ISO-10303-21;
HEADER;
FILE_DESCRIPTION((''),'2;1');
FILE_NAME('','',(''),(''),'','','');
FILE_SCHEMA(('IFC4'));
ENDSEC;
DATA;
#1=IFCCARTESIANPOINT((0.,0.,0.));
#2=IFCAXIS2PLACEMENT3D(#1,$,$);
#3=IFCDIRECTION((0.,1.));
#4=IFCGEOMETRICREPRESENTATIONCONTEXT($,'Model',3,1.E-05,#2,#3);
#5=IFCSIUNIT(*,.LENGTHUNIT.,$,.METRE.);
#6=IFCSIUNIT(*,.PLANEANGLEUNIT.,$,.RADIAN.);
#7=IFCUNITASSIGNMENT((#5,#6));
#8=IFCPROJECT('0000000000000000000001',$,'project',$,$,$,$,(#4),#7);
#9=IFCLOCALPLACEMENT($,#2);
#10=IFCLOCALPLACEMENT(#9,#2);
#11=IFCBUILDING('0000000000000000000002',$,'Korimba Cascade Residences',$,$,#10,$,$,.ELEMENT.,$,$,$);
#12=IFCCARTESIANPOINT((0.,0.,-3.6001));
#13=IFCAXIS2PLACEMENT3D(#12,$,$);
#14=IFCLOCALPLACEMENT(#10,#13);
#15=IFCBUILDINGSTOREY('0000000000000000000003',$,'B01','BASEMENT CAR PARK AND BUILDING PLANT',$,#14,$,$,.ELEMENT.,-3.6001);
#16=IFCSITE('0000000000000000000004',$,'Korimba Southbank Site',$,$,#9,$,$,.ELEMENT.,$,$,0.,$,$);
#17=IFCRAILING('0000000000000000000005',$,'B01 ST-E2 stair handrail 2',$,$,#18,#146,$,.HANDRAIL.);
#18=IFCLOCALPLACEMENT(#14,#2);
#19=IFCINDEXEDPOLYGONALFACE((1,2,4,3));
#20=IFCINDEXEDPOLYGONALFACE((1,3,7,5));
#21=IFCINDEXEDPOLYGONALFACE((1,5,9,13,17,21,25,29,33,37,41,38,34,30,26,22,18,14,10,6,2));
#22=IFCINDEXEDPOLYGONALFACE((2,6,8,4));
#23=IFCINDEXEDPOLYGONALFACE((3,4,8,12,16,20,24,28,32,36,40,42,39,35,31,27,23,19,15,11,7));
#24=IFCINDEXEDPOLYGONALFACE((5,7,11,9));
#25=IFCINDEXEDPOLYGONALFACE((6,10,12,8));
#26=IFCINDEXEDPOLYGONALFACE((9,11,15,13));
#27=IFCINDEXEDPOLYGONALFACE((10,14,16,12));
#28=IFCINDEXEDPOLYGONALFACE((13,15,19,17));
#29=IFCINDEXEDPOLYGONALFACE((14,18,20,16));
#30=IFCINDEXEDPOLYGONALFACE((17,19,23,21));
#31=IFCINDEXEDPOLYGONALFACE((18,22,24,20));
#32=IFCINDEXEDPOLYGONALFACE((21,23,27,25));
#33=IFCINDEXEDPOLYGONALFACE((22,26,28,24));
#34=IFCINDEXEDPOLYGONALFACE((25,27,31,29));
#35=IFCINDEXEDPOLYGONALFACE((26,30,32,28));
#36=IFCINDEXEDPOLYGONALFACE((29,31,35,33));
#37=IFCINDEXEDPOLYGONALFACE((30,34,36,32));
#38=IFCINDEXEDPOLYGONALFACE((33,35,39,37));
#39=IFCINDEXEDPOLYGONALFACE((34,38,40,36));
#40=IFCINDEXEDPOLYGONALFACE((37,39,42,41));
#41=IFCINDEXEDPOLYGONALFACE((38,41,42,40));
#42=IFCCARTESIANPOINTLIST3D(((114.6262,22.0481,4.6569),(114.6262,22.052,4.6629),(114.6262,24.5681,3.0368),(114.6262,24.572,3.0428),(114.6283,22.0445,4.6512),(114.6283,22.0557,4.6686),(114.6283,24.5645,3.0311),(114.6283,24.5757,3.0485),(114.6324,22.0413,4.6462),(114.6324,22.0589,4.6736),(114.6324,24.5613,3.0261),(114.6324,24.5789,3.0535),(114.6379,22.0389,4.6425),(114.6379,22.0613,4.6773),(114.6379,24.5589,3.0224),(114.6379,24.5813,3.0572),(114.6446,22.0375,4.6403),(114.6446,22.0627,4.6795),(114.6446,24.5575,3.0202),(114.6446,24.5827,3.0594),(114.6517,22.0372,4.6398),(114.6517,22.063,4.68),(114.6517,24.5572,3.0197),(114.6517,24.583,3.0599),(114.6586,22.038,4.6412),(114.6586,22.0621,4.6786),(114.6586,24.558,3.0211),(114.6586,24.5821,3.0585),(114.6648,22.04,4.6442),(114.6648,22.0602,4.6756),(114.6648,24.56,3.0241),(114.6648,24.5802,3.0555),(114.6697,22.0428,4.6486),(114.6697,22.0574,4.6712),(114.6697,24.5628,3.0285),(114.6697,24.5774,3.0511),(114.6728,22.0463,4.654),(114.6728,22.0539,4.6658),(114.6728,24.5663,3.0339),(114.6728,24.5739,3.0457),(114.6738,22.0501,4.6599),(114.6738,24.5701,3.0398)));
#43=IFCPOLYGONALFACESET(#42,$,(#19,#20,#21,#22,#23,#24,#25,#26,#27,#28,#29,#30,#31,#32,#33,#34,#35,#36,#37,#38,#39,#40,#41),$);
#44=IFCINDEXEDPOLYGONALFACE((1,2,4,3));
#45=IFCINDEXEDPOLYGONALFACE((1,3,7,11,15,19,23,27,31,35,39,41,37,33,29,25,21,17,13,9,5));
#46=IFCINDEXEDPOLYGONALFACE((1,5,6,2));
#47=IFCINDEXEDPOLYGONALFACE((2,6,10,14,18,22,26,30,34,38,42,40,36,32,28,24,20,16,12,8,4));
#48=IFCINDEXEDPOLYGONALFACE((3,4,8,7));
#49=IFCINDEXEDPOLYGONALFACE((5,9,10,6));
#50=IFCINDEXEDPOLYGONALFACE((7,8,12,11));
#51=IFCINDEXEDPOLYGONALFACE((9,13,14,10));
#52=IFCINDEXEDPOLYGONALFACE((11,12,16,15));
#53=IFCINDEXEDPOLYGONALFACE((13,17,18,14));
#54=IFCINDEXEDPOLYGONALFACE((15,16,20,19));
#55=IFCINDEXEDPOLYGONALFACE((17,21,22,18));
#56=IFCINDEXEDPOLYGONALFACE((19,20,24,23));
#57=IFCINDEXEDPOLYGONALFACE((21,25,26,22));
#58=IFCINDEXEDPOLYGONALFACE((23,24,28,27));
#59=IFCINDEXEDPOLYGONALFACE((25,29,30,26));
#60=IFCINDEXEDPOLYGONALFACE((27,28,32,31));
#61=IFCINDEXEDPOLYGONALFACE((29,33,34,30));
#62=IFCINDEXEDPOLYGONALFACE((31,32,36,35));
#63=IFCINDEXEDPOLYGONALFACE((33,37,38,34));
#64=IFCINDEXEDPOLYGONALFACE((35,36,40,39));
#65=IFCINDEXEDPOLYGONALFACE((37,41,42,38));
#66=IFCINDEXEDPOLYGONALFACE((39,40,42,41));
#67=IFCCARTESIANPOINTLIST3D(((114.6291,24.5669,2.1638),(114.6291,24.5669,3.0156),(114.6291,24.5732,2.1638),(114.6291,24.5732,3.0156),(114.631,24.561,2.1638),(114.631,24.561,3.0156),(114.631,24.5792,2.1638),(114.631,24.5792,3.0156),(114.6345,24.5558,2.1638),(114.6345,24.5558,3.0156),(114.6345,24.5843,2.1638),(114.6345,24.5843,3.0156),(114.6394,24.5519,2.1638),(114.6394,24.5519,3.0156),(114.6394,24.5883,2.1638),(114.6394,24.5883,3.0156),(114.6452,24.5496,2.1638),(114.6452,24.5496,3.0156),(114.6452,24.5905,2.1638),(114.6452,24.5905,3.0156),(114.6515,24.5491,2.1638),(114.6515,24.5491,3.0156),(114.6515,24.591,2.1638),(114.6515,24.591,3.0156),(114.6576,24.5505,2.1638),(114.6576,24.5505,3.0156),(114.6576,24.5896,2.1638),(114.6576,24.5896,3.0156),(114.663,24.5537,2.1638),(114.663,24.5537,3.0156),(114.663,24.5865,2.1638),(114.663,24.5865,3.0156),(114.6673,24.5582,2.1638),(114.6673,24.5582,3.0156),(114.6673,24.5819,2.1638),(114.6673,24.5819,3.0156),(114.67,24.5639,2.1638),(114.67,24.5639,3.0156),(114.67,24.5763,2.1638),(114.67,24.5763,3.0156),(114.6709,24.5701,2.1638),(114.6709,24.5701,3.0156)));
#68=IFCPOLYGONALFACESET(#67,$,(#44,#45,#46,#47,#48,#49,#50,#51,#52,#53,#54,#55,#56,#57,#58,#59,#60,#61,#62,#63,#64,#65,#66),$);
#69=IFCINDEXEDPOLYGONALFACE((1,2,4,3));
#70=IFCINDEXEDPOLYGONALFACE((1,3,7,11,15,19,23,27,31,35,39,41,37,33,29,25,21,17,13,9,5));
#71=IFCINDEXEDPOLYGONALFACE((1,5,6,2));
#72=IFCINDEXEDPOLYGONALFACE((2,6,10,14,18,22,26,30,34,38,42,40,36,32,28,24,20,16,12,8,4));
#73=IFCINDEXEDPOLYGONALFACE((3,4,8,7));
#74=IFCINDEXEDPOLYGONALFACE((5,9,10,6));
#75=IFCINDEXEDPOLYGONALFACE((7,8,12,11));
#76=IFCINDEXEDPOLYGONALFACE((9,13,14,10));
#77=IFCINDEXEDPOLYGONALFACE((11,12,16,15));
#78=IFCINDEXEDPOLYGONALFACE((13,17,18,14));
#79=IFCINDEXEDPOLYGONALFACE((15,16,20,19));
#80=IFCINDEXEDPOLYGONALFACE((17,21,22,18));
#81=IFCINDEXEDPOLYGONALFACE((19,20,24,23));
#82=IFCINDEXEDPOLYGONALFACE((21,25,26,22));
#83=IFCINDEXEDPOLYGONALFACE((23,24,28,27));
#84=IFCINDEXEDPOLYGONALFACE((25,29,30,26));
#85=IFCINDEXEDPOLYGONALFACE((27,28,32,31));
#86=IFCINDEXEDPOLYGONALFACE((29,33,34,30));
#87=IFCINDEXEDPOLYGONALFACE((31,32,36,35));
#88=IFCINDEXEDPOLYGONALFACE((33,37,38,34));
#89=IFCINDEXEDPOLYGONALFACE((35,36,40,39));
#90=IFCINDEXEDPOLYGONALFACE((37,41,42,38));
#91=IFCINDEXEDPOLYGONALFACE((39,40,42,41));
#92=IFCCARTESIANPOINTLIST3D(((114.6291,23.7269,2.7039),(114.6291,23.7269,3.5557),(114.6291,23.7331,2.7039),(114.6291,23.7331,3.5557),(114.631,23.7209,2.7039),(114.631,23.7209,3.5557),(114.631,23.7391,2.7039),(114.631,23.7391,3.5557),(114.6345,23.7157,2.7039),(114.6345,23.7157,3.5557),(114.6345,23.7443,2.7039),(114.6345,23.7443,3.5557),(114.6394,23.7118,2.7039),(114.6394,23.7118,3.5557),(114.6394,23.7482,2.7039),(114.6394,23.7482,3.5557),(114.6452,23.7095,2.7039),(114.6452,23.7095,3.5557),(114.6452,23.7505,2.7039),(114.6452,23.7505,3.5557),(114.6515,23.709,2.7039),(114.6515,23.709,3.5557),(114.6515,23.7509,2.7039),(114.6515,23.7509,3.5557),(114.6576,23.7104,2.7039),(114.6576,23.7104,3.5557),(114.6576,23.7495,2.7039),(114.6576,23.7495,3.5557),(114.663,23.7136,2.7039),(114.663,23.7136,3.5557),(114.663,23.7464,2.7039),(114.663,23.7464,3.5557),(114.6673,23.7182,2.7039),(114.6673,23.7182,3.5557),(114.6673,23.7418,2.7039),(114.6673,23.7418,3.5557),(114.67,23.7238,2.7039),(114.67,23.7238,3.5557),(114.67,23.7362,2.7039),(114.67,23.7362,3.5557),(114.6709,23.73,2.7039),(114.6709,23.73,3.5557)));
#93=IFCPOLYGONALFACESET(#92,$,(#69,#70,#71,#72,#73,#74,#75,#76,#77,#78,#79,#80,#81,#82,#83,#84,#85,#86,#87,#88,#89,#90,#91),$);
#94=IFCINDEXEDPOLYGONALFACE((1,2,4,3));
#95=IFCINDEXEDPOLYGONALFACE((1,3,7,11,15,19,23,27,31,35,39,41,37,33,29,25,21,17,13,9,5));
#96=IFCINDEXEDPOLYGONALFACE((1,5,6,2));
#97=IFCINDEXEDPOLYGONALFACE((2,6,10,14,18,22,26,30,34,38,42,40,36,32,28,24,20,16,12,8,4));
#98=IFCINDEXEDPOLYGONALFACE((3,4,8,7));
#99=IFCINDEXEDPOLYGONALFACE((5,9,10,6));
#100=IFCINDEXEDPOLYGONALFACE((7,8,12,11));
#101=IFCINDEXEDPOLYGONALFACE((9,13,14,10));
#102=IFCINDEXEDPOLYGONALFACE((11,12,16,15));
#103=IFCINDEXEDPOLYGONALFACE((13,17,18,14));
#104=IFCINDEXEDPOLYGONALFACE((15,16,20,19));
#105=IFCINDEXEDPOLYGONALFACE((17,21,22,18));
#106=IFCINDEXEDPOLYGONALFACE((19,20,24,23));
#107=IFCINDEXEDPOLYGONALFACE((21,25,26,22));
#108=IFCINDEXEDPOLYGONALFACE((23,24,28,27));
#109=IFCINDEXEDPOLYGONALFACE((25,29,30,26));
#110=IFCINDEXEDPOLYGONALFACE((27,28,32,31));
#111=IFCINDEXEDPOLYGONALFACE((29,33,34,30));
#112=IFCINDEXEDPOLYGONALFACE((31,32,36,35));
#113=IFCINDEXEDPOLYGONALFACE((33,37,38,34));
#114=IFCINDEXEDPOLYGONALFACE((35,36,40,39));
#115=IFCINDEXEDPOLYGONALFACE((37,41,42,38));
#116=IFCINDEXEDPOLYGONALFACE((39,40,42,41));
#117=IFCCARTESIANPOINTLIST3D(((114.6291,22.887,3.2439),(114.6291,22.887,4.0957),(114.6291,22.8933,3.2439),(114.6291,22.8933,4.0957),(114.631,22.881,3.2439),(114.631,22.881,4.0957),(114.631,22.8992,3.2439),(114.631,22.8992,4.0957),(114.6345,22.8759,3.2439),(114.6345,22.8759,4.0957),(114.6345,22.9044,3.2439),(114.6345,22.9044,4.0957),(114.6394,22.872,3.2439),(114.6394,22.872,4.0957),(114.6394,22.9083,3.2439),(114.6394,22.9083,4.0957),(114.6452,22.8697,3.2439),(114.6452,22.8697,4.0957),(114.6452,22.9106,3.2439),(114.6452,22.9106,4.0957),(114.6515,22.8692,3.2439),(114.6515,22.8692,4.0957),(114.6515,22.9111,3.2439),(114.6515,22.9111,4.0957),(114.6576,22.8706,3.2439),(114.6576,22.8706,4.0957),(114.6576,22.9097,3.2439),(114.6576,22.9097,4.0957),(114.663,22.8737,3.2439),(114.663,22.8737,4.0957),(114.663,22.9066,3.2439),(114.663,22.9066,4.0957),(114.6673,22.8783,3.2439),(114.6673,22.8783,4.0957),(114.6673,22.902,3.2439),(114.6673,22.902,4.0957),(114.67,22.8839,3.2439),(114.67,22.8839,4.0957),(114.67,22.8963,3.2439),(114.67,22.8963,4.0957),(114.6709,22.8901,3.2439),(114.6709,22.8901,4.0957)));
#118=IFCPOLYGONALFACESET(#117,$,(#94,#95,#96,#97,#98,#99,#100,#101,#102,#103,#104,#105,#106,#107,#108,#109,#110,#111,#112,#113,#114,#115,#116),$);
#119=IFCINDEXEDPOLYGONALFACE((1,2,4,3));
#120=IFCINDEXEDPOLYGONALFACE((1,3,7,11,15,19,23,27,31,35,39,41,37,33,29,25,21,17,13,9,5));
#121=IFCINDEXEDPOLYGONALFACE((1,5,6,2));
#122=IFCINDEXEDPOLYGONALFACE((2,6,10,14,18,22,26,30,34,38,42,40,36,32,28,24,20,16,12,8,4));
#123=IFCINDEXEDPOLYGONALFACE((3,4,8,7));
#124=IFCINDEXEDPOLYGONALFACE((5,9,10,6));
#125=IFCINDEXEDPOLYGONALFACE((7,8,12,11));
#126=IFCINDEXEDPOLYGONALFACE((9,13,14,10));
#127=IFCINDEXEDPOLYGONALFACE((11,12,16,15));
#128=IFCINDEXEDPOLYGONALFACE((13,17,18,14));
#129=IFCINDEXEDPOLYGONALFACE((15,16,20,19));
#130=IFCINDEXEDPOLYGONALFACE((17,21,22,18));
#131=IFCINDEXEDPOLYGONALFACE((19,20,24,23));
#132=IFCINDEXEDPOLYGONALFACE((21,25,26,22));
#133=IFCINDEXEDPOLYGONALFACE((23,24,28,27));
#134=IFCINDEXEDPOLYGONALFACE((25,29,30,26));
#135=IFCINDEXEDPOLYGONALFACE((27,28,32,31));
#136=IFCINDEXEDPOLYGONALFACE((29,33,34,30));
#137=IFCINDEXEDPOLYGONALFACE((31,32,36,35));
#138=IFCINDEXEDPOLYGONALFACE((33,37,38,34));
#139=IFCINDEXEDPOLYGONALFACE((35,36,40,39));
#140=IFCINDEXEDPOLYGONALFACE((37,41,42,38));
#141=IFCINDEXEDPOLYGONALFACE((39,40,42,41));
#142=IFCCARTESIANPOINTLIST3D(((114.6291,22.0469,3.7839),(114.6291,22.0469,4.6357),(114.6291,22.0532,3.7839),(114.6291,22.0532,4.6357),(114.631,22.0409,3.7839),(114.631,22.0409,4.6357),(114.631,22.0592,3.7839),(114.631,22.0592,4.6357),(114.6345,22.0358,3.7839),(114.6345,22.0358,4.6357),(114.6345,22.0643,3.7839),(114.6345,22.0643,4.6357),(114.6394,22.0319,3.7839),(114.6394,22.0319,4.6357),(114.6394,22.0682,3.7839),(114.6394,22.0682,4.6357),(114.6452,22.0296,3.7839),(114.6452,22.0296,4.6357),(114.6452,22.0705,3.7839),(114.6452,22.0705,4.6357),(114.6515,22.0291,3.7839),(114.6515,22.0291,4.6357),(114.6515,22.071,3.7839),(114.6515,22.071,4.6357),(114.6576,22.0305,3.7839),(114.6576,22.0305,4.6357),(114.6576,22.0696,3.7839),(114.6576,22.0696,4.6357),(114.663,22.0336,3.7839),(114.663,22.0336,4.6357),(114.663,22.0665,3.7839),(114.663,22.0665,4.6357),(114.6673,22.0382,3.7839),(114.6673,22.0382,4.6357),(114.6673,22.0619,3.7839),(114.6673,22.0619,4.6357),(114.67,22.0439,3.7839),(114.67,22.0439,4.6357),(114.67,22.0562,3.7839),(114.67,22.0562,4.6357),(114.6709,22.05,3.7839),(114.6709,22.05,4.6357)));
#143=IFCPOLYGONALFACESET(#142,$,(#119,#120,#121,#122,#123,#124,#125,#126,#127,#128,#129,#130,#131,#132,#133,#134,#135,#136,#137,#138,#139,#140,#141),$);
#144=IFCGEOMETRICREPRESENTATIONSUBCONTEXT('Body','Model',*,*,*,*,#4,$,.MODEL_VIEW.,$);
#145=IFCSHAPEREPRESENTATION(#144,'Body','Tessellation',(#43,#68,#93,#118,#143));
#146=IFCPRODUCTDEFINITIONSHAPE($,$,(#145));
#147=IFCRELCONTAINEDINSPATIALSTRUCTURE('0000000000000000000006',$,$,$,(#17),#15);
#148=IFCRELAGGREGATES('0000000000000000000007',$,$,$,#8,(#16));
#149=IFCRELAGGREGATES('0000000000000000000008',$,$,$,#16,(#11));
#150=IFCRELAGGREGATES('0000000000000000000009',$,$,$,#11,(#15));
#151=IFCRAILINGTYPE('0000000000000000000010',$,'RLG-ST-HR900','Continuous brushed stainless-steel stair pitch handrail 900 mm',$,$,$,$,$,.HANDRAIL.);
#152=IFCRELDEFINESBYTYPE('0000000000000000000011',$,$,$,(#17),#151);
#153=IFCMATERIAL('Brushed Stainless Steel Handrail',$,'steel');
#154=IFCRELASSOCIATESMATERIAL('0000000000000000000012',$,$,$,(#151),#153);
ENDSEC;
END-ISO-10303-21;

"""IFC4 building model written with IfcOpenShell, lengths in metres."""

from ifc_helpers import new_model, si_unit, direction, frame, origin, origin_2d, place, context, subcontext, project, spatial, circle, extrude, material, type_object, element, save


model = new_model("IFC4")

# Units and contexts
model_context = context("Model", 3, precision=1e-05, world=origin(), true_north=direction((0.0, 1.0)))
body_context = subcontext(model_context, "Body", "Model", "MODEL_VIEW")
ifc_project = project(units=[si_unit("LENGTHUNIT", "METRE"), si_unit("PLANEANGLEUNIT", "RADIAN")], contexts=[model_context])

# Site, building, storey
site_placement = place(None, origin())
site = spatial("IfcSite", under=ifc_project, at=site_placement, Name="Korimba Southbank Site", CompositionType="ELEMENT", RefElevation=0.0)
building_placement = place(site_placement, origin())
building = spatial("IfcBuilding", under=site, at=building_placement, Name="Korimba Cascade Residences", CompositionType="ELEMENT")
storey_placement = place(building_placement, frame((0.0, 0.0, -3.6001)))
storey = spatial("IfcBuildingStorey", under=building, at=storey_placement, Name="B01", Description="BASEMENT CAR PARK AND BUILDING PLANT", CompositionType="ELEMENT", Elevation=-3.6001)

# Railing
ifc_material_1 = material(Name="Brushed Stainless Steel Handrail", Category="steel")
railing_type_1 = type_object("IfcRailingType", Name="RLG-ST-HR900", Description="Continuous brushed stainless-steel stair pitch handrail 900 mm", PredefinedType="HANDRAIL", material=ifc_material_1)
railing_1_placement = place(storey_placement, frame((114.6499, 24.5701, 2.1638)))
element("IfcRailing", 1, at=railing_1_placement, inside=storey, type_object=railing_type_1, Name="B01 ST-E2 stair handrail 2", PredefinedType="HANDRAIL", context=body_context, shape_type="SweptSolid", body=[
    extrude(circle(Radius=0.0239, at=origin_2d()), frame((0.0, 0.0, 0.876), z_axis=(0.0, -0.841163, 0.540782), x_axis=(1.0, 0.0, 0.0)), (0.0, 0.0, 1.0), 2.9958),
    extrude(circle(Radius=0.021, at=origin_2d()), origin(), (0.0, 0.0, 1.0), 0.8518),
    extrude(circle(Radius=0.021, at=origin_2d()), frame((0.0, -0.8401, 0.54)), (0.0, 0.0, 1.0), 0.8518),
    extrude(circle(Radius=0.021, at=origin_2d()), frame((0.0, -1.6799, 1.0801)), (0.0, 0.0, 1.0), 0.8518),
    extrude(circle(Radius=0.021, at=origin_2d()), frame((0.0, -2.52, 1.6201)), (0.0, 0.0, 1.0), 0.8518),
])

save(model, "model.ifc")
